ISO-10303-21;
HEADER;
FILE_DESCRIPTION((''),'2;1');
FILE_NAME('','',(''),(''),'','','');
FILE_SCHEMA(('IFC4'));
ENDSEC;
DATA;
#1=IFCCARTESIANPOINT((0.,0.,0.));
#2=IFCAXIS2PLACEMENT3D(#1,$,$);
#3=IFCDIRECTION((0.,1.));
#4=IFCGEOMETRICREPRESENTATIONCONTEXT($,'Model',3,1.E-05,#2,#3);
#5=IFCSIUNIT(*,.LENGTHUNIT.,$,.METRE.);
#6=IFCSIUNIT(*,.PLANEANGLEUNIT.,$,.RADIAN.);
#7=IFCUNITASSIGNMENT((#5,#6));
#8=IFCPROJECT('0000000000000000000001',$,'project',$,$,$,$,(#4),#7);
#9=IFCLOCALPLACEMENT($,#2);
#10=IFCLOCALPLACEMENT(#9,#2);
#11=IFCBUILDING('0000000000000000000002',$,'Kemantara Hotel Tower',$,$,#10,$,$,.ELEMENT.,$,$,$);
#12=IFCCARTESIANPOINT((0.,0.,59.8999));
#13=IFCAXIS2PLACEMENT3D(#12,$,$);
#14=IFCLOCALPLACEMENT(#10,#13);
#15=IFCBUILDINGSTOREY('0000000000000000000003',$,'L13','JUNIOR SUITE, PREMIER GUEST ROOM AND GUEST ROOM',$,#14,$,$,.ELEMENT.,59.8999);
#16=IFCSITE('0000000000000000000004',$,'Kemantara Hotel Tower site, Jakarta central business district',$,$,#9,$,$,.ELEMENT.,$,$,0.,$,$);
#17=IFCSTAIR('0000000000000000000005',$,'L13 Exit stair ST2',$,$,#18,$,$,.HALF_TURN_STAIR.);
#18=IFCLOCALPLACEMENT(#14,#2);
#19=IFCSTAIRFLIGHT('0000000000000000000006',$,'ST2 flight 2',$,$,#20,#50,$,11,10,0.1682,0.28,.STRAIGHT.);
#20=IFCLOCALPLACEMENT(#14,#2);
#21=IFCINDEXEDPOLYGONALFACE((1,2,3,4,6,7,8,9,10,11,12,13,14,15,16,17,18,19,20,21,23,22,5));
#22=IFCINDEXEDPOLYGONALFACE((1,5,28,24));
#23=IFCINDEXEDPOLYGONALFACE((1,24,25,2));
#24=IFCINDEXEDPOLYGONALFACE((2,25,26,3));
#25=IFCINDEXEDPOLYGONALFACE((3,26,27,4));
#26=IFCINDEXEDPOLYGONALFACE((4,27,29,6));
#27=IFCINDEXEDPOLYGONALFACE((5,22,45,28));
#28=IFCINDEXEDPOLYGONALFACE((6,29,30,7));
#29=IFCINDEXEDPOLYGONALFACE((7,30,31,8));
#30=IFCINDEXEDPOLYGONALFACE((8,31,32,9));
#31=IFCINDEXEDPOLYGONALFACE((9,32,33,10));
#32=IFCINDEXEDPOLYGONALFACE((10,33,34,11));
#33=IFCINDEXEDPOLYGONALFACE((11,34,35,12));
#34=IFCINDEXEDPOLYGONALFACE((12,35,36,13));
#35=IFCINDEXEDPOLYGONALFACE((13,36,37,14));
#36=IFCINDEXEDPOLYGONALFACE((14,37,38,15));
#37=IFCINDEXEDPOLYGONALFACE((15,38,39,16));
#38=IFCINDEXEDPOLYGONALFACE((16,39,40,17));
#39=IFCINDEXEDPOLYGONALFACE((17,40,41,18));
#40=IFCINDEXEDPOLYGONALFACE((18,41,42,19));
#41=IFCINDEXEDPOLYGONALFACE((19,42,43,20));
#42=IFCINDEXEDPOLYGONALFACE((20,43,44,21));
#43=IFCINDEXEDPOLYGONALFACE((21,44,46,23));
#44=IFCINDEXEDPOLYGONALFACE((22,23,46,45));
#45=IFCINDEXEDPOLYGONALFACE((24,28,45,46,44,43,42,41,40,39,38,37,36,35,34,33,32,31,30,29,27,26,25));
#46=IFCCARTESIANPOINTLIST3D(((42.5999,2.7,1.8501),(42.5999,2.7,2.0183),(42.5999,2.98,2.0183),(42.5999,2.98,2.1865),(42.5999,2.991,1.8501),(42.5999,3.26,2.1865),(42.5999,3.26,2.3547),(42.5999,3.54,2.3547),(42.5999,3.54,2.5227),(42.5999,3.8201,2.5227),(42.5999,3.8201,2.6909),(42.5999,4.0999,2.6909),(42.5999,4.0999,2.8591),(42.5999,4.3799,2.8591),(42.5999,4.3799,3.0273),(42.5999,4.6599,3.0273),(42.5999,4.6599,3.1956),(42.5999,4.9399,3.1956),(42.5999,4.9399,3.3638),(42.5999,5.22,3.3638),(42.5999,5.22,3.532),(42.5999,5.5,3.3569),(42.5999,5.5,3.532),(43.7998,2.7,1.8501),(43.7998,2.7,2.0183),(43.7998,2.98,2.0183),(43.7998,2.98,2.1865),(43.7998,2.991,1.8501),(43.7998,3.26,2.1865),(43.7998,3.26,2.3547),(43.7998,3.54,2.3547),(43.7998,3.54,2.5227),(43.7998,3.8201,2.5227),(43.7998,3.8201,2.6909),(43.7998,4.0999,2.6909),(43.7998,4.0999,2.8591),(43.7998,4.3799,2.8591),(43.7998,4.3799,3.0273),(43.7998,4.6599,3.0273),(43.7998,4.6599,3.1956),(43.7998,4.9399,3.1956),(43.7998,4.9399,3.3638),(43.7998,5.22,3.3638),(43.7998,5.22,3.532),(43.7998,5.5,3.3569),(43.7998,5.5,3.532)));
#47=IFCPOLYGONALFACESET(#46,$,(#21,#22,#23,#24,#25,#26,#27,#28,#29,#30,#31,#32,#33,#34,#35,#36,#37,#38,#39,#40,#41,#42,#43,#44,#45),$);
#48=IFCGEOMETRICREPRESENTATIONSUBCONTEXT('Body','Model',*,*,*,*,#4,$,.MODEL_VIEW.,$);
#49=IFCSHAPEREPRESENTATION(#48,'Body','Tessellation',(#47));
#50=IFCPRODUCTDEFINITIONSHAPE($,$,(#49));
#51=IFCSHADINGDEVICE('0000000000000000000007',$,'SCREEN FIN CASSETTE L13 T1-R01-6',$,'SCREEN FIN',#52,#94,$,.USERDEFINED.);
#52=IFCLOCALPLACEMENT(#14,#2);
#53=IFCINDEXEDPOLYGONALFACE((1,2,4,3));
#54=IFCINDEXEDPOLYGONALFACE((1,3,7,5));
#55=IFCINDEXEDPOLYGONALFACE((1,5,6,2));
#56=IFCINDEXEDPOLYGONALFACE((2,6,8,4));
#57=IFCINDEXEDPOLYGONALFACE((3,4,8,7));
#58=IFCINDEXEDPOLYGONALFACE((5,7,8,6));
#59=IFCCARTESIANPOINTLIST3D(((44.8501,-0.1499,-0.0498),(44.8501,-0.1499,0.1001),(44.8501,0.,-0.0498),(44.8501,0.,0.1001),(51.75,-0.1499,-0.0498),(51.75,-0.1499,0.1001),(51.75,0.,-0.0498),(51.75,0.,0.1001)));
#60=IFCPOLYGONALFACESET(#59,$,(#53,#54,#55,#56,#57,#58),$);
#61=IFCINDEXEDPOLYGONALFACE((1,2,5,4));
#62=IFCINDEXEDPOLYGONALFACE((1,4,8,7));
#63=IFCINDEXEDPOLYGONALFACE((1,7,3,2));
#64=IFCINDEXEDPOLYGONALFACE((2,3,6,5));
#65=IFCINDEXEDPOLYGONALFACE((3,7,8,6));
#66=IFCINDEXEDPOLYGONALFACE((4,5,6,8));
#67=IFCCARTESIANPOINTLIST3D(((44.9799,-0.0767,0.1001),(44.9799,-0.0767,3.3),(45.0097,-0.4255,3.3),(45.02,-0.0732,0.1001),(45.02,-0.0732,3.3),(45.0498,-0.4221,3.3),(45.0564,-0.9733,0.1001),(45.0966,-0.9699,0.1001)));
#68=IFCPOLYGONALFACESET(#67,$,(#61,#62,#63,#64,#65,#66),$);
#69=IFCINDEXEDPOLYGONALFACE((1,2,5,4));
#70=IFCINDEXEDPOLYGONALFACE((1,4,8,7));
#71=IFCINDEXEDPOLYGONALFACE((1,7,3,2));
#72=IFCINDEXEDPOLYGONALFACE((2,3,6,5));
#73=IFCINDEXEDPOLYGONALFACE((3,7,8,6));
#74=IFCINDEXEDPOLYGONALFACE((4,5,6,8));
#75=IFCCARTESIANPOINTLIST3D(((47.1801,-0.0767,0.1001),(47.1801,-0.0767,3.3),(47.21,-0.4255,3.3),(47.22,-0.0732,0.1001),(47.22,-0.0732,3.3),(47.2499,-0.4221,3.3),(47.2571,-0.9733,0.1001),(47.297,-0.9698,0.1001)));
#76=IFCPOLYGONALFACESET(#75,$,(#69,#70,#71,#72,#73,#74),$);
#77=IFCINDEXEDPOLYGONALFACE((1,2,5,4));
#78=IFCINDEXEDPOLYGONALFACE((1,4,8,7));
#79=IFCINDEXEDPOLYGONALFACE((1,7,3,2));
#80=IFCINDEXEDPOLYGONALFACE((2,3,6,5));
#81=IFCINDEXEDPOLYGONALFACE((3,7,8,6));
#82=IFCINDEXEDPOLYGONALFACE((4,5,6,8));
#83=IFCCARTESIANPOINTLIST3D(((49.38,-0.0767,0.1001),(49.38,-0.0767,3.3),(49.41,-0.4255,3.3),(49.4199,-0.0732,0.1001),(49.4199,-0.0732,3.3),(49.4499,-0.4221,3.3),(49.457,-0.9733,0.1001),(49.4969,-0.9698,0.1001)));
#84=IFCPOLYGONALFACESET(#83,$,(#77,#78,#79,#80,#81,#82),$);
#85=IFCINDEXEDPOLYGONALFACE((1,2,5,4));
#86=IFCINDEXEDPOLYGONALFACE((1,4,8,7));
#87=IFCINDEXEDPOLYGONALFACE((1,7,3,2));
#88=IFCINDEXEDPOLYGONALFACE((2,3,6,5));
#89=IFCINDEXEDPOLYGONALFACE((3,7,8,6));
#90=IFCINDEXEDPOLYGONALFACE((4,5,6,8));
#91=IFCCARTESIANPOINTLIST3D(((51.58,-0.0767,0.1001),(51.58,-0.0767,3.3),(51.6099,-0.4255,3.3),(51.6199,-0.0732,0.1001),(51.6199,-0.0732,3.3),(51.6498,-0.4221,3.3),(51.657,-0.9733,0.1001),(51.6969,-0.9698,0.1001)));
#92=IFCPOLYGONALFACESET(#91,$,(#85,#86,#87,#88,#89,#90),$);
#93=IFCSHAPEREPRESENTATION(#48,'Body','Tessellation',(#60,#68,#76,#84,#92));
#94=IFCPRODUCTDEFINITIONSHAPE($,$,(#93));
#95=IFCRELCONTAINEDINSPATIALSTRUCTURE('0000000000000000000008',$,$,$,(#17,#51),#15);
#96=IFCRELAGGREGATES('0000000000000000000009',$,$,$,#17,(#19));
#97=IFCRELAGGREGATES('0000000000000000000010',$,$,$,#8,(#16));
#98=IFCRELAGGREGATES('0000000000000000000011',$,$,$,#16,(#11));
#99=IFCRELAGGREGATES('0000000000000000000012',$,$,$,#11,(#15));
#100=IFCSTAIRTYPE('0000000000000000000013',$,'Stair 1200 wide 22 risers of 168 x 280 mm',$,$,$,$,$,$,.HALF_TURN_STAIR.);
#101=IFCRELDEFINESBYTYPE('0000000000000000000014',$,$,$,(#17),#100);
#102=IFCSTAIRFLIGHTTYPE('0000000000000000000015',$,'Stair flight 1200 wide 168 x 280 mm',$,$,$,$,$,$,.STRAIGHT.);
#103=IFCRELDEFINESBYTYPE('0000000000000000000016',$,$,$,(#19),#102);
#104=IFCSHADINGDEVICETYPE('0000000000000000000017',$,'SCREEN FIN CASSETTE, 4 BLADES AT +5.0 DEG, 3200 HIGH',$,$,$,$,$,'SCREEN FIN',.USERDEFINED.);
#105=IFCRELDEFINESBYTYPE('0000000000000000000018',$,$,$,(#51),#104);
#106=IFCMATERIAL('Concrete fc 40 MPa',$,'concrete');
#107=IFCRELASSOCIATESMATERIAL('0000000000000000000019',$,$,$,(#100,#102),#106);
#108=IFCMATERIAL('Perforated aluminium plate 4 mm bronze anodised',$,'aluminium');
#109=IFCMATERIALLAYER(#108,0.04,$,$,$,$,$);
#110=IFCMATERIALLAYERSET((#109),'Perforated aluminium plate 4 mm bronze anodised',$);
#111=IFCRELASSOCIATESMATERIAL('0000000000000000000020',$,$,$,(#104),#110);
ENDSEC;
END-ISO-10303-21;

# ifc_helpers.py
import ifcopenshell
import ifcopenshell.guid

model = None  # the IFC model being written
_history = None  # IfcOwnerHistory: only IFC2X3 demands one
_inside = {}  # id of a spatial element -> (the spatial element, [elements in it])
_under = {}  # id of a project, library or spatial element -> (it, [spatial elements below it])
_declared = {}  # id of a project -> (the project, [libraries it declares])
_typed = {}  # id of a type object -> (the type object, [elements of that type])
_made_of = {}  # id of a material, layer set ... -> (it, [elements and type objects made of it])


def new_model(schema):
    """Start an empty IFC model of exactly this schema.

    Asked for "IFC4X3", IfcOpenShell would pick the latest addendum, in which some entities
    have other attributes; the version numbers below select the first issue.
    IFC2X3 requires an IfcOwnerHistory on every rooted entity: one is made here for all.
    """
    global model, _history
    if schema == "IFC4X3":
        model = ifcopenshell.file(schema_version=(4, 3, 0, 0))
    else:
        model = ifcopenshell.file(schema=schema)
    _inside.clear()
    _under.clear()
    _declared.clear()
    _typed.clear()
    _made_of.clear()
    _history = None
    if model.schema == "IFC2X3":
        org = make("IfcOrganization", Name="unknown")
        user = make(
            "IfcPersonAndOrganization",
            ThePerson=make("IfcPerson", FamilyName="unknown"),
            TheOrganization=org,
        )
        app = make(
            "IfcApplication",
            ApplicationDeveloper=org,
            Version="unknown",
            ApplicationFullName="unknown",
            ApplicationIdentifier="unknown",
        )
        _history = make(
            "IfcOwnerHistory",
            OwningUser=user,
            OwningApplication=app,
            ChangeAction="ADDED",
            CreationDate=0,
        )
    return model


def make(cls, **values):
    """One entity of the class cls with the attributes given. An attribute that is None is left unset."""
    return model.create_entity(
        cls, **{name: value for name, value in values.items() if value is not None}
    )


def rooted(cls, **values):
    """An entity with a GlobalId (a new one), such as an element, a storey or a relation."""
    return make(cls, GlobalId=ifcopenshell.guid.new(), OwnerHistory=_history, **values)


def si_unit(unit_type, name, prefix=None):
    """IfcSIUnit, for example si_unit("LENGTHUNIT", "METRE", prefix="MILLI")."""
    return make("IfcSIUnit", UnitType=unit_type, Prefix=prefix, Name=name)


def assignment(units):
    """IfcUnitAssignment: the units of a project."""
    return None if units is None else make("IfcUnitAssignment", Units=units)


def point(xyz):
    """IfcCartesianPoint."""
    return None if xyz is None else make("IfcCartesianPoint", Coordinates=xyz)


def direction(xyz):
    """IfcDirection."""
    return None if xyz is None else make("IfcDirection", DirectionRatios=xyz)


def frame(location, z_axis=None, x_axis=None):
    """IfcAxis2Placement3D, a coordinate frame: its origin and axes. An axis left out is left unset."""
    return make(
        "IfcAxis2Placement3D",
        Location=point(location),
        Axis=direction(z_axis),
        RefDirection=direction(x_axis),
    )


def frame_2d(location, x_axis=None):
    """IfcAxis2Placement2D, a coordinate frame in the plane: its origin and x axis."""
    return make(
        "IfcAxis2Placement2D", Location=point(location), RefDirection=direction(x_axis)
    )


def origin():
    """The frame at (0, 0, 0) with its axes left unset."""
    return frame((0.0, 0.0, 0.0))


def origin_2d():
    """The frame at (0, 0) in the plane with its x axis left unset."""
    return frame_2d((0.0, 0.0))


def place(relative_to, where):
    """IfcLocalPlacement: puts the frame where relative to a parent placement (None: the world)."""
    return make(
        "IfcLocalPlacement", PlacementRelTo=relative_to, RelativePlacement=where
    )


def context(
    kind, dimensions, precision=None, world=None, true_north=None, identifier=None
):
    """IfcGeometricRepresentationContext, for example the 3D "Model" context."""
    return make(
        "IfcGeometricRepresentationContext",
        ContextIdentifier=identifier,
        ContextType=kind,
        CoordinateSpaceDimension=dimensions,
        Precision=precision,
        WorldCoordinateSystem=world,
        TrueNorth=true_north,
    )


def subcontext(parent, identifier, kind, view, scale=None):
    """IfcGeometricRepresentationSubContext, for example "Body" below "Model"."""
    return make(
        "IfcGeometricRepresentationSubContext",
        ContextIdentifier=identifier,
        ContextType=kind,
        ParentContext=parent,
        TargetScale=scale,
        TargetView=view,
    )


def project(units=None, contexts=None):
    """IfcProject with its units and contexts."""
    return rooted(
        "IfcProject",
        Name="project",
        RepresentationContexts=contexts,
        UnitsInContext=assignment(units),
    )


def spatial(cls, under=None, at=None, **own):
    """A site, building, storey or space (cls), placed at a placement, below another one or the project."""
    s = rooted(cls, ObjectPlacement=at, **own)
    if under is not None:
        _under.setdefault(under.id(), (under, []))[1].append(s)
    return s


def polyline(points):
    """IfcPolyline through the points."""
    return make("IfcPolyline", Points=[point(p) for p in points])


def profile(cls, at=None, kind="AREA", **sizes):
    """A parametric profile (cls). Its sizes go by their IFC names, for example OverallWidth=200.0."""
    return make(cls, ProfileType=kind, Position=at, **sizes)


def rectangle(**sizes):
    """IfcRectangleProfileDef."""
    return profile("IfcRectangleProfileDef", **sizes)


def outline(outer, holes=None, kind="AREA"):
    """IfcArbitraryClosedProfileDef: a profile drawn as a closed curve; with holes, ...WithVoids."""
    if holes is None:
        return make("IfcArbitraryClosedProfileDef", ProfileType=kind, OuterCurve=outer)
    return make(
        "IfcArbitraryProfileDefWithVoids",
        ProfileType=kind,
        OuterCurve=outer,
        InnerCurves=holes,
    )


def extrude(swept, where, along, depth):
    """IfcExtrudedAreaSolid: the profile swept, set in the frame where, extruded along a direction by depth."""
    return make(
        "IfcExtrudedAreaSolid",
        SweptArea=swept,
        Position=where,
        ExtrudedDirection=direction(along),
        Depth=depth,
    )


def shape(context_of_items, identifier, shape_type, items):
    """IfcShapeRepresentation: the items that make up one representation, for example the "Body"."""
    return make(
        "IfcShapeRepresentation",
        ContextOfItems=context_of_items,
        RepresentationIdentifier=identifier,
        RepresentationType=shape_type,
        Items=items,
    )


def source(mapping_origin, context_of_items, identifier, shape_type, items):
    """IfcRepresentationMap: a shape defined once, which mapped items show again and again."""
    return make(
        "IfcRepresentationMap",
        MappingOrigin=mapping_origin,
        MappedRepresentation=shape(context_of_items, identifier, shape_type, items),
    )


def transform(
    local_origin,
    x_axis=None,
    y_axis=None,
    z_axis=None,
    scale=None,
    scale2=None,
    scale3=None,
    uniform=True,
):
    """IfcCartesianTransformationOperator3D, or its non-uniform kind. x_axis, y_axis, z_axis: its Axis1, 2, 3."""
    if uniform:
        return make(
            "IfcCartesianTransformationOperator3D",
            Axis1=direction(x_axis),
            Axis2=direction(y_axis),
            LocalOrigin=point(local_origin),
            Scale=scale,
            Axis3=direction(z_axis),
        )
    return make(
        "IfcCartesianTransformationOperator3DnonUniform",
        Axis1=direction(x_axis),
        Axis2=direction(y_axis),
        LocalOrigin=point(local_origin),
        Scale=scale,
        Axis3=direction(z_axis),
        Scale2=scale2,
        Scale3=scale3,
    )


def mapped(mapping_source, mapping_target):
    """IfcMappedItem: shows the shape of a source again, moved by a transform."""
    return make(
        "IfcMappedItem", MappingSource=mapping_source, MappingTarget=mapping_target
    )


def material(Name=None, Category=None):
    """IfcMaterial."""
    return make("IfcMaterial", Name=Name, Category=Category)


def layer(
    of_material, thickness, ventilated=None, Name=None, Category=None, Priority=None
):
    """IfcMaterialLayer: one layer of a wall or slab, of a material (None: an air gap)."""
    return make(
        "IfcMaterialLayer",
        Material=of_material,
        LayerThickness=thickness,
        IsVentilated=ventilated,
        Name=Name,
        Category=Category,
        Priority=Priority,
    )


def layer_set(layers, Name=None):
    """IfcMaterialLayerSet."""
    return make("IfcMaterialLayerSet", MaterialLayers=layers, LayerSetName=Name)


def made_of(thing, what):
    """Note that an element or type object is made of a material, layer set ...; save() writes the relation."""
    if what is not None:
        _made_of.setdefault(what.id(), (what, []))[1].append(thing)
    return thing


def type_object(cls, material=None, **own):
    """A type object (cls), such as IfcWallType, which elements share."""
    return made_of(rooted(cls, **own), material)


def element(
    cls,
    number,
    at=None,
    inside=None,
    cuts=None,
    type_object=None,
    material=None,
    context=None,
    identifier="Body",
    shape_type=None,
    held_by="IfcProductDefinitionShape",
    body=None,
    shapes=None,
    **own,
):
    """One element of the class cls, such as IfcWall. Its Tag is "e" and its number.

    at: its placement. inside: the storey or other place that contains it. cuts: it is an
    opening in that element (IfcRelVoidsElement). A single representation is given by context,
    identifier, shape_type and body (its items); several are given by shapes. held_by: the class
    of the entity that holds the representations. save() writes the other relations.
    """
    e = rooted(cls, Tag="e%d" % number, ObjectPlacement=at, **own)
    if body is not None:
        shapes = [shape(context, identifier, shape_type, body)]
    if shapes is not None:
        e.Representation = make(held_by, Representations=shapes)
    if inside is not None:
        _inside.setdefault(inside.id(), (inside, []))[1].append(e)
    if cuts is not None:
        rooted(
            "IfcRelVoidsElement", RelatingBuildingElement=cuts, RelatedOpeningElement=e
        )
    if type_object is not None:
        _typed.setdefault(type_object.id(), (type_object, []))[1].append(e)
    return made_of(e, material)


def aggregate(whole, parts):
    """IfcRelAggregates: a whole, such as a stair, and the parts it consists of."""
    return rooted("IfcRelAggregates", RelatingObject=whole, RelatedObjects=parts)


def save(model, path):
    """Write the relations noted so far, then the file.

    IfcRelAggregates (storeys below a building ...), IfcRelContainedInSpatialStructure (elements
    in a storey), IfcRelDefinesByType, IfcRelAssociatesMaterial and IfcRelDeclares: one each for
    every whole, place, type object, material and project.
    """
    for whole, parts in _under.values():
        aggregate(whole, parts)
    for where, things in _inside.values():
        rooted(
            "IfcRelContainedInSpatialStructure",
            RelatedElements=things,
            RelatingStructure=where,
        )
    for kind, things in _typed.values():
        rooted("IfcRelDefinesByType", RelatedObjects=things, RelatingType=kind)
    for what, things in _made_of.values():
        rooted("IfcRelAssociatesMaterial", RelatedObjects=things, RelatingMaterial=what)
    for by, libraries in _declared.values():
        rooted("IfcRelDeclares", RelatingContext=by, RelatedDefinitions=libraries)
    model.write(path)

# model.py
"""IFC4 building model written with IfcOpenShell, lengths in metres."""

from ifc_helpers import new_model, si_unit, direction, frame, origin, origin_2d, place, context, subcontext, project, spatial, polyline, rectangle, outline, extrude, source, transform, mapped, material, layer, layer_set, type_object, element, aggregate, save


model = new_model("IFC4")

# Units and contexts
model_context = context("Model", 3, precision=1e-05, world=origin(), true_north=direction((0.0, 1.0)))
body_context = subcontext(model_context, "Body", "Model", "MODEL_VIEW")
ifc_project = project(units=[si_unit("LENGTHUNIT", "METRE"), si_unit("PLANEANGLEUNIT", "RADIAN")], contexts=[model_context])

# Site, building, storey
site_placement = place(None, origin())
site = spatial("IfcSite", under=ifc_project, at=site_placement, Name="Kemantara Hotel Tower site, Jakarta central business district", CompositionType="ELEMENT", RefElevation=0.0)
building_placement = place(site_placement, origin())
building = spatial("IfcBuilding", under=site, at=building_placement, Name="Kemantara Hotel Tower", CompositionType="ELEMENT")
storey_placement = place(building_placement, frame((0.0, 0.0, 59.8999)))
storey = spatial("IfcBuildingStorey", under=building, at=storey_placement, Name="L13", Description="JUNIOR SUITE, PREMIER GUEST ROOM AND GUEST ROOM", CompositionType="ELEMENT", Elevation=59.8999)

# Stair, stair flight
ifc_material_1 = material(Name="Concrete fc 40 MPa", Category="concrete")
stair_type = type_object("IfcStairType", Name="Stair 1200 wide 22 risers of 168 x 280 mm", PredefinedType="HALF_TURN_STAIR", material=ifc_material_1)
stair_placement = place(storey_placement, origin())
stair = element("IfcStair", 1, at=stair_placement, inside=storey, type_object=stair_type, Name="L13 Exit stair ST2", PredefinedType="HALF_TURN_STAIR")
stair_flight_type = type_object("IfcStairFlightType", Name="Stair flight 1200 wide 168 x 280 mm", PredefinedType="STRAIGHT", material=ifc_material_1)
stair_flight_1_placement = place(storey_placement, frame((43.2, 2.7, 1.8501), z_axis=(0.0, 0.0, 1.0), x_axis=(0.0, 1.0, 0.0)))
stair_flight_1 = element("IfcStairFlight", 2, at=stair_flight_1_placement, type_object=stair_flight_type, Name="ST2 flight 2", NumberOfRisers=11, NumberOfTreads=10, PredefinedType="STRAIGHT", RiserHeight=0.1682, TreadLength=0.28, context=body_context, shape_type="SweptSolid", body=[
    extrude(outline(polyline([(0.0, 0.0), (0.0, 0.1682), (0.28, 0.1682), (0.28, 0.3364), (0.5601, 0.3364), (0.5601, 0.5046), (0.8401, 0.5046), (0.8401, 0.6726), (1.1201, 0.6726), (1.1201, 0.8408), (1.3999, 0.8408), (1.3999, 1.009), (1.6799, 1.009), (1.6799, 1.1772), (1.96, 1.1772), (1.96, 1.3455), (2.24, 1.3455), (2.24, 1.5137), (2.52, 1.5137), (2.52, 1.6819), (2.8, 1.6819), (2.8, 1.8501), (2.8, 1.5068), (0.291, 0.0), (0.0, 0.0)])), frame((0.0, 0.6001, 0.0), z_axis=(0.0, -1.0, 0.0), x_axis=(1.0, 0.0, 0.0)), (0.0, 0.0, 1.0), 1.2),
])
aggregate(stair, [stair_flight_1])

# Shading device
ifc_material_2 = material(Name="Perforated aluminium plate 4 mm bronze anodised", Category="aluminium")
ifc_layer_1 = layer(ifc_material_2, 0.04)
ifc_layer_set_1 = layer_set([ifc_layer_1], Name="Perforated aluminium plate 4 mm bronze anodised")
shading_device_type = type_object("IfcShadingDeviceType", Name="SCREEN FIN CASSETTE, 4 BLADES AT +5.0 DEG, 3200 HIGH", ElementType="SCREEN FIN", PredefinedType="USERDEFINED", material=ifc_layer_set_1)
shared_shape = source(origin(), body_context, "Body", "SweptSolid", [
    extrude(rectangle(XDim=6.8999, YDim=0.1499, at=origin_2d()), frame((3.3, -0.075, -0.1499), z_axis=(0.0, 0.0, 1.0), x_axis=(1.0, 0.0, 0.0)), (0.0, 0.0, 1.0), 0.1499),
    extrude(outline(polyline([(0.0, 0.0), (0.8999, 0.0), (0.3501, 3.2), (0.0, 3.2), (0.0, 0.0)])), frame((0.02, -0.0732, 0.0), z_axis=(-0.996376, -0.085056, 0.0), x_axis=(0.085056, -0.996376, 0.0)), (0.0, 0.0, 1.0), 0.0403),
    extrude(outline(polyline([(0.0, 0.0), (0.8999, 0.0), (0.3501, 3.2), (0.0, 3.2), (0.0, 0.0)])), frame((2.22, -0.0732, 0.0), z_axis=(-0.996332, -0.085575, 0.0), x_axis=(0.085575, -0.996332, 0.0)), (0.0, 0.0, 1.0), 0.04),
    extrude(outline(polyline([(0.0, 0.0), (0.8999, 0.0), (0.3501, 3.2), (0.0, 3.2), (0.0, 0.0)])), frame((4.4199, -0.0732, 0.0), z_axis=(-0.996332, -0.085575, 0.0), x_axis=(0.085575, -0.996332, 0.0)), (0.0, 0.0, 1.0), 0.04),
    extrude(outline(polyline([(0.0, 0.0), (0.8999, 0.0), (0.3501, 3.2), (0.0, 3.2), (0.0, 0.0)])), frame((6.6199, -0.0732, 0.0), z_axis=(-0.996332, -0.085575, 0.0), x_axis=(0.085575, -0.996332, 0.0)), (0.0, 0.0, 1.0), 0.04),
])
shading_device_placement = place(storey_placement, frame((45.0, 0.0, 0.1001), z_axis=(0.0, 0.0, 1.0), x_axis=(1.0, 0.0, 0.0)))
element("IfcShadingDevice", 3, at=shading_device_placement, inside=storey, type_object=shading_device_type, Name="SCREEN FIN CASSETTE L13 T1-R01-6", ObjectType="SCREEN FIN", PredefinedType="USERDEFINED", context=body_context, shape_type="MappedRepresentation", body=[
    mapped(shared_shape, transform((0.0, 0.0, 0.0))),
])

save(model, "model.ifc")
